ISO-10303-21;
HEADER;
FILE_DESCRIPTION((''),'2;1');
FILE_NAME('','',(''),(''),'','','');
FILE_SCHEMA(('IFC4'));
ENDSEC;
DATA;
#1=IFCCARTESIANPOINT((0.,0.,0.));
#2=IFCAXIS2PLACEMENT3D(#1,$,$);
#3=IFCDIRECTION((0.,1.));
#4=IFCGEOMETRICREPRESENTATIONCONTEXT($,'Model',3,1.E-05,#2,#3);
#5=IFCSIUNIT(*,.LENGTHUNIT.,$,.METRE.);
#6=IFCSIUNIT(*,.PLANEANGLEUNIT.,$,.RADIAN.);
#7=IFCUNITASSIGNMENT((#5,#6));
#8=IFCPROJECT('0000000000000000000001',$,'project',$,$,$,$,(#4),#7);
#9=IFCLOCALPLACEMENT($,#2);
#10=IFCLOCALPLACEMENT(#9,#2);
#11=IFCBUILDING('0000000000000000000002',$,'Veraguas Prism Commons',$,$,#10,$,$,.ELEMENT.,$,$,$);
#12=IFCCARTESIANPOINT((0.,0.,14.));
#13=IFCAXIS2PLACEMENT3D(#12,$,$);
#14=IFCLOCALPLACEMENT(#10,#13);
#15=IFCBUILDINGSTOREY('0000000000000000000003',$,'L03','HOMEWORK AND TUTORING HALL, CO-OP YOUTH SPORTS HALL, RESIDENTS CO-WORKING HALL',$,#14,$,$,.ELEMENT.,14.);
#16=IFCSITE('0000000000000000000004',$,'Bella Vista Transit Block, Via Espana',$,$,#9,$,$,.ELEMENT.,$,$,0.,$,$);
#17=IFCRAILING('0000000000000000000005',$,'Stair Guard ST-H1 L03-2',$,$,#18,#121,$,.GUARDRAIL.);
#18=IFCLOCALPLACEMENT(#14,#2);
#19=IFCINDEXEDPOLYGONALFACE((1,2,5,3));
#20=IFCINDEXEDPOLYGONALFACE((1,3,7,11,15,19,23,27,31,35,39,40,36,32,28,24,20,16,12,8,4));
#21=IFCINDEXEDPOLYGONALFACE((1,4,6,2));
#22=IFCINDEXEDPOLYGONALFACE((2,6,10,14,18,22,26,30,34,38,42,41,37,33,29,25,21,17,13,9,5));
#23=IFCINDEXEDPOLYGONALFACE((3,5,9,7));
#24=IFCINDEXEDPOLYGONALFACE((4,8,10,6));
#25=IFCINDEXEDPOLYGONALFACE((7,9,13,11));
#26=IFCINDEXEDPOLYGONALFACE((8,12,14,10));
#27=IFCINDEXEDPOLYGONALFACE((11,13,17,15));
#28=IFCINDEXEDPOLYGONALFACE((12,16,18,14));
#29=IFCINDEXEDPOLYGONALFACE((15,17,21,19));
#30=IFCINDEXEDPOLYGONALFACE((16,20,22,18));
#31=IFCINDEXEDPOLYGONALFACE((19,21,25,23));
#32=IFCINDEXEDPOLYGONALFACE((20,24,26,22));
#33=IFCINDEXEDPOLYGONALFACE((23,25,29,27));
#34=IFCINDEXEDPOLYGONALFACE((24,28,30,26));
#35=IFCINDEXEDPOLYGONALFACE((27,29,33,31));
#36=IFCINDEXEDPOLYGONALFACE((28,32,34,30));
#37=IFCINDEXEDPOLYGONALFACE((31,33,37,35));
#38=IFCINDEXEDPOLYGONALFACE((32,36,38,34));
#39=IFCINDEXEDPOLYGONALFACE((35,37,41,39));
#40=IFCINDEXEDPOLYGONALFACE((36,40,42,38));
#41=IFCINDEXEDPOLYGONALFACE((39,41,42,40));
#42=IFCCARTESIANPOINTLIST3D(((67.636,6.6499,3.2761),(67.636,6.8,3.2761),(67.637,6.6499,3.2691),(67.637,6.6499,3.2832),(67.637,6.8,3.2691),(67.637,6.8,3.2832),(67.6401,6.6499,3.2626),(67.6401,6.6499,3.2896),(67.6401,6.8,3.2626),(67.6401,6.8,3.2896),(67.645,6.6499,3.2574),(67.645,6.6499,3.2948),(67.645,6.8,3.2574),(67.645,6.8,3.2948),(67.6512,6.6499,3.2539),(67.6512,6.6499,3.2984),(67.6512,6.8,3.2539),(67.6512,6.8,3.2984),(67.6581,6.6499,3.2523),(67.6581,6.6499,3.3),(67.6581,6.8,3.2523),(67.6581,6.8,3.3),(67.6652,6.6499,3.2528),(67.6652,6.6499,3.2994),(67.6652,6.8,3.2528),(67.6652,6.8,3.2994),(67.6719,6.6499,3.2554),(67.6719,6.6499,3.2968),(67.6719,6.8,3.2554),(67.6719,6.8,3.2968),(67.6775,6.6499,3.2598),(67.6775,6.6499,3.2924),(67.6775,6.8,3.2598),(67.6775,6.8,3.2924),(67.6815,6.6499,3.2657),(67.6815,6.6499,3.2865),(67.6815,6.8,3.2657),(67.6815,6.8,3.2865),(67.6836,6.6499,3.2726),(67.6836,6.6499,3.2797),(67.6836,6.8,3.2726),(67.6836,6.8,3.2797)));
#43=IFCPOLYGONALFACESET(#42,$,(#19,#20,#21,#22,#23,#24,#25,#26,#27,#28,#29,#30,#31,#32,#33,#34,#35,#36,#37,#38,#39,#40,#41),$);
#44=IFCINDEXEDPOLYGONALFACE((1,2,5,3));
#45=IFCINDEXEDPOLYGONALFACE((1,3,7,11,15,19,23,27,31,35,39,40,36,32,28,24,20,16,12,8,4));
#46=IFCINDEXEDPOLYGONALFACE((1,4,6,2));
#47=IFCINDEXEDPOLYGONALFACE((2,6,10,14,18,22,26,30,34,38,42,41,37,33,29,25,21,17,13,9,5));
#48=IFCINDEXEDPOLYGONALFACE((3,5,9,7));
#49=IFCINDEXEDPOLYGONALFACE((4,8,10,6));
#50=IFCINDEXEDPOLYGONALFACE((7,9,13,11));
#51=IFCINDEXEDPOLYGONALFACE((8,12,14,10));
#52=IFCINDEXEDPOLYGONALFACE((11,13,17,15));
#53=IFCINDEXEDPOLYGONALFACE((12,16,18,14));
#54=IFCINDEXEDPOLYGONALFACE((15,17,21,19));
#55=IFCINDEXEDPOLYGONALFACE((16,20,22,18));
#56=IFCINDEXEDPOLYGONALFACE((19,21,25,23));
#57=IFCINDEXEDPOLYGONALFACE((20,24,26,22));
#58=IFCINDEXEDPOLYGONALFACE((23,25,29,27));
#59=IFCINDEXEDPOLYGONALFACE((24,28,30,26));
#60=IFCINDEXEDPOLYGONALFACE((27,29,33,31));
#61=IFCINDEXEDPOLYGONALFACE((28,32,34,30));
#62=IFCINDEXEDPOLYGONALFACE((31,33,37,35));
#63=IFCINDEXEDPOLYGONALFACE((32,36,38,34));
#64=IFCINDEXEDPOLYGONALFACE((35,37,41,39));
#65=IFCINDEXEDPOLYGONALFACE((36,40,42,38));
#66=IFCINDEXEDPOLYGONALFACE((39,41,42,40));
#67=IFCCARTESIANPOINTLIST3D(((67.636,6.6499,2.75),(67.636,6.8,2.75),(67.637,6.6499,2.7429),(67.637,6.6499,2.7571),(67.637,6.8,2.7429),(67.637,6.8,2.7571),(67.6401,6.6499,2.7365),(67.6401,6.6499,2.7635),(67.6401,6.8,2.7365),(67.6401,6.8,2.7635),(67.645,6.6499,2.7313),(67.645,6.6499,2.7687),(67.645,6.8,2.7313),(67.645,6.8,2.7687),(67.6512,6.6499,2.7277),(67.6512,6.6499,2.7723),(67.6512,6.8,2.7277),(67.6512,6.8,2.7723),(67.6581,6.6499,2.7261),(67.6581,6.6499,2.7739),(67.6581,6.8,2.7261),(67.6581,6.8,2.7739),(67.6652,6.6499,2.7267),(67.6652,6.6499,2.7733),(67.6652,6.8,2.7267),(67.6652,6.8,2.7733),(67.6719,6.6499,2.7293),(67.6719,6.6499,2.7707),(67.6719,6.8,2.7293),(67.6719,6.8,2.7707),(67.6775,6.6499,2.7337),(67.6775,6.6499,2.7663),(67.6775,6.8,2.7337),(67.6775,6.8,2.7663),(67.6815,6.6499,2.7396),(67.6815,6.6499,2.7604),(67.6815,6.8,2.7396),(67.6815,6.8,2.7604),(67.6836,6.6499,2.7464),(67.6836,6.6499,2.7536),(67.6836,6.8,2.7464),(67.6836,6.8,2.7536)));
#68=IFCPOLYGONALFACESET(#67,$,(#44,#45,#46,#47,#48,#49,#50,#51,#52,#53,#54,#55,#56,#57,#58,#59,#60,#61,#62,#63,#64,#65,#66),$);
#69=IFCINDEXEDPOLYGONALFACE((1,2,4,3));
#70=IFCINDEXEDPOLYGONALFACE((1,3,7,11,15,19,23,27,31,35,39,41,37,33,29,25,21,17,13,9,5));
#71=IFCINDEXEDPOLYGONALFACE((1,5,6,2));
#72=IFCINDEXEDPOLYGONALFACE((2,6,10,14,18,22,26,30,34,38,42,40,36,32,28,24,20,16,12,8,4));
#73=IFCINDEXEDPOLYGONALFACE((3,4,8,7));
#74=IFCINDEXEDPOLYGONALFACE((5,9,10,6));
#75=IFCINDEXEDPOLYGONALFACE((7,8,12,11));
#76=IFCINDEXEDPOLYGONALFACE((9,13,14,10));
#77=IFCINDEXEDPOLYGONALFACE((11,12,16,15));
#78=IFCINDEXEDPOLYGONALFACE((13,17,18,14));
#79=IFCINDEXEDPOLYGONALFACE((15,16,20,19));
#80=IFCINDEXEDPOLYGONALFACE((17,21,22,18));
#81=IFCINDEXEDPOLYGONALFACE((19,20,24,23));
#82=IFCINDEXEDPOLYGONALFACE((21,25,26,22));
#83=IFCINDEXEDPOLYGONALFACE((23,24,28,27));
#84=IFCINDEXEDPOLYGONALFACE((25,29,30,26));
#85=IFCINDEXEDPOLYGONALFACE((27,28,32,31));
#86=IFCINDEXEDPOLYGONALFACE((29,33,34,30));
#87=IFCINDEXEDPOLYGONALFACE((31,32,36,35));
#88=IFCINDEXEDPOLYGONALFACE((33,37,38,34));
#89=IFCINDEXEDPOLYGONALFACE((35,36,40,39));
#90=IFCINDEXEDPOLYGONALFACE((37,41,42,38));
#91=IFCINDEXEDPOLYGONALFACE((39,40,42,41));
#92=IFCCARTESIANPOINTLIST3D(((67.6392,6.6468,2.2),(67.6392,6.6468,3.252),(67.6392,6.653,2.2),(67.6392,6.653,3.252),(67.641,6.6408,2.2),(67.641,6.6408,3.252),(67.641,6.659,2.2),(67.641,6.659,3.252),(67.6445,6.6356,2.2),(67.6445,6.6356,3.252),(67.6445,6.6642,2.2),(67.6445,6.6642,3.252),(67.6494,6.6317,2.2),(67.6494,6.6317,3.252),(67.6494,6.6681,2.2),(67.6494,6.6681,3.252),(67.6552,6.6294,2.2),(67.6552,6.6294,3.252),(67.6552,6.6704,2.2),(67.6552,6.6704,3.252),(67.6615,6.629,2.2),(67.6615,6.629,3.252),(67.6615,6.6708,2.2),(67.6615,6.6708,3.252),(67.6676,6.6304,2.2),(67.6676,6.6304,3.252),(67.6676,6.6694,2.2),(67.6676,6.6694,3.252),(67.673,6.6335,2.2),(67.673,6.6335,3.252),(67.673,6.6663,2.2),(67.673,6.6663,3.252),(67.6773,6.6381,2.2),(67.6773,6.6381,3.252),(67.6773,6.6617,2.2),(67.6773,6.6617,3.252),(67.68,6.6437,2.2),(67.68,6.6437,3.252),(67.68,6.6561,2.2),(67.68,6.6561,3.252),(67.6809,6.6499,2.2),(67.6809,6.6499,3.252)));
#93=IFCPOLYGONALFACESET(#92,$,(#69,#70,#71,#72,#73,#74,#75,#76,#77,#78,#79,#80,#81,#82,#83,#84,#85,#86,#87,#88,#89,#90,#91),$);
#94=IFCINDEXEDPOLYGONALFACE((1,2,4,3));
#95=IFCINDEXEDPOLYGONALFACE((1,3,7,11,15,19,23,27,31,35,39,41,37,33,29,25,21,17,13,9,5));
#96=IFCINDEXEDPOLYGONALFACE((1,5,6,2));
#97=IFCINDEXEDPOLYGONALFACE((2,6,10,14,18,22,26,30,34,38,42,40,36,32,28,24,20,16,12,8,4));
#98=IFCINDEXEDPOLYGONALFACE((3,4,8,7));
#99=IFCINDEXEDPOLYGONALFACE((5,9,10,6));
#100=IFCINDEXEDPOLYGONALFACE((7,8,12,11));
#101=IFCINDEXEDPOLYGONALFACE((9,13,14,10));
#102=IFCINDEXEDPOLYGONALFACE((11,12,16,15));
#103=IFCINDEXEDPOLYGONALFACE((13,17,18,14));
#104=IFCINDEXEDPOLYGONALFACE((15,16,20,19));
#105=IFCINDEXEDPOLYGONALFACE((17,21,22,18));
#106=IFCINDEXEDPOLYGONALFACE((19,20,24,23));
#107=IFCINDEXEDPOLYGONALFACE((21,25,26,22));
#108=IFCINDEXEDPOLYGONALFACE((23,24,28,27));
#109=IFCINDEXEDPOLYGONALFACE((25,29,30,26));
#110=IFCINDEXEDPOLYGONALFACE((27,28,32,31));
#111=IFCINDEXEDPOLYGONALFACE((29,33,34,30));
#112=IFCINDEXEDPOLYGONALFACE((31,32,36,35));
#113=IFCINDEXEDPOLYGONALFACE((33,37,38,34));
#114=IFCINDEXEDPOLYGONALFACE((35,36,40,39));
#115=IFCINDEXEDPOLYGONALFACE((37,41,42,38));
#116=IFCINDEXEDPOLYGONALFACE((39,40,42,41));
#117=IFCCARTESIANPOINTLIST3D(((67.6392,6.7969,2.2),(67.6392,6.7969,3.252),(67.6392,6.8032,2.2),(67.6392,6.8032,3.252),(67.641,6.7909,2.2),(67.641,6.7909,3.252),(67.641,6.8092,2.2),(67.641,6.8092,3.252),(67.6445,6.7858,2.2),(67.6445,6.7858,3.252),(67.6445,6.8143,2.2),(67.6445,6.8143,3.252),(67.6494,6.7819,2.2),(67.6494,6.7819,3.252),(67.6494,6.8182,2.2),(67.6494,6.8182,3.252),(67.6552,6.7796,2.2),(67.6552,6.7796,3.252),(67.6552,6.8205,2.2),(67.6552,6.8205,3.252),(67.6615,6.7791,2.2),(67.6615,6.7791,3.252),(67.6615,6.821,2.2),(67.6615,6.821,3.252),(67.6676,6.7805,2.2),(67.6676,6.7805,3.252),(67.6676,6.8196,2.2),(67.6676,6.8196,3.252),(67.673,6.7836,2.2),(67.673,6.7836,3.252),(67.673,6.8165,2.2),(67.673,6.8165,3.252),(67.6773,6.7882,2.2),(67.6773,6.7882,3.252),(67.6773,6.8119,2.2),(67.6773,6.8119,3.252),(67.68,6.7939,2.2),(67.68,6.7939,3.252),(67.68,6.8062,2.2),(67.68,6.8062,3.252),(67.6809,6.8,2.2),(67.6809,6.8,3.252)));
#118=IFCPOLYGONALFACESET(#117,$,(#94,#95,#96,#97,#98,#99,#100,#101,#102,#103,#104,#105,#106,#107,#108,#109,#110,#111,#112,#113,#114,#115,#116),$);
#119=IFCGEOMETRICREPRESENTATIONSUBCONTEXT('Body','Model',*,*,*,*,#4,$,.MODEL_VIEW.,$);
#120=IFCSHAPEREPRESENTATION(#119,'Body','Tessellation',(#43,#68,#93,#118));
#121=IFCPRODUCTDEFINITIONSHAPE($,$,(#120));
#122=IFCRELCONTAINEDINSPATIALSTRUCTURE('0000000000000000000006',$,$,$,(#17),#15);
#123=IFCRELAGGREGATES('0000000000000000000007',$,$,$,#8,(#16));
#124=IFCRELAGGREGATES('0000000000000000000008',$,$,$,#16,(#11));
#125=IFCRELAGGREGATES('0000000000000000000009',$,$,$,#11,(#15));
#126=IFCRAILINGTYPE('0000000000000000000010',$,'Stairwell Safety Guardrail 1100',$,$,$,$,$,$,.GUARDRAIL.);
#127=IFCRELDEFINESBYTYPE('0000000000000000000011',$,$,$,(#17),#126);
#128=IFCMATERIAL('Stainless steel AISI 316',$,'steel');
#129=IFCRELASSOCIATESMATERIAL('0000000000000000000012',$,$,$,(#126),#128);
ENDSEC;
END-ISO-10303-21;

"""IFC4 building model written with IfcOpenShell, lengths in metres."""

from ifc_helpers import new_model, si_unit, direction, frame, origin, origin_2d, place, context, subcontext, project, spatial, circle, extrude, material, type_object, element, save


model = new_model("IFC4")

# Units and contexts
model_context = context("Model", 3, precision=1e-05, world=origin(), true_north=direction((0.0, 1.0)))
body_context = subcontext(model_context, "Body", "Model", "MODEL_VIEW")
ifc_project = project(units=[si_unit("LENGTHUNIT", "METRE"), si_unit("PLANEANGLEUNIT", "RADIAN")], contexts=[model_context])

# Site, building, storey
site_placement = place(None, origin())
site = spatial("IfcSite", under=ifc_project, at=site_placement, Name="Bella Vista Transit Block, Via Espana", CompositionType="ELEMENT", RefElevation=0.0)
building_placement = place(site_placement, origin())
building = spatial("IfcBuilding", under=site, at=building_placement, Name="Veraguas Prism Commons", CompositionType="ELEMENT")
storey_placement = place(building_placement, frame((0.0, 0.0, 14.0)))
storey = spatial("IfcBuildingStorey", under=building, at=storey_placement, Name="L03", Description="HOMEWORK AND TUTORING HALL, CO-OP YOUTH SPORTS HALL, RESIDENTS CO-WORKING HALL", CompositionType="ELEMENT", Elevation=14.0)

# Railing
ifc_material_1 = material(Name="Stainless steel AISI 316", Category="steel")
railing_type_1 = type_object("IfcRailingType", Name="Stairwell Safety Guardrail 1100", PredefinedType="GUARDRAIL", material=ifc_material_1)
railing_1_placement = place(storey_placement, frame((67.6599, 6.6499, 2.2)))
element("IfcRailing", 1, at=railing_1_placement, inside=storey, type_object=railing_type_1, Name="Stair Guard ST-H1 L03-2", PredefinedType="GUARDRAIL", context=body_context, shape_type="SweptSolid", body=[
    extrude(circle(Radius=0.0239, at=origin_2d()), frame((0.0, 0.0, 1.0762), z_axis=(0.0, 1.0, 0.0), x_axis=(-1.0, 0.0, 0.0)), (0.0, 0.0, 1.0), 0.1501),
    extrude(circle(Radius=0.0239, at=origin_2d()), frame((0.0, 0.0, 0.55), z_axis=(0.0, 1.0, 0.0), x_axis=(-1.0, 0.0, 0.0)), (0.0, 0.0, 1.0), 0.1501),
    extrude(circle(Radius=0.021, at=origin_2d()), origin(), (0.0, 0.0, 1.0), 1.052),
    extrude(circle(Radius=0.021, at=origin_2d()), frame((0.0, 0.1501, 0.0)), (0.0, 0.0, 1.0), 1.052),
])

save(model, "model.ifc")
